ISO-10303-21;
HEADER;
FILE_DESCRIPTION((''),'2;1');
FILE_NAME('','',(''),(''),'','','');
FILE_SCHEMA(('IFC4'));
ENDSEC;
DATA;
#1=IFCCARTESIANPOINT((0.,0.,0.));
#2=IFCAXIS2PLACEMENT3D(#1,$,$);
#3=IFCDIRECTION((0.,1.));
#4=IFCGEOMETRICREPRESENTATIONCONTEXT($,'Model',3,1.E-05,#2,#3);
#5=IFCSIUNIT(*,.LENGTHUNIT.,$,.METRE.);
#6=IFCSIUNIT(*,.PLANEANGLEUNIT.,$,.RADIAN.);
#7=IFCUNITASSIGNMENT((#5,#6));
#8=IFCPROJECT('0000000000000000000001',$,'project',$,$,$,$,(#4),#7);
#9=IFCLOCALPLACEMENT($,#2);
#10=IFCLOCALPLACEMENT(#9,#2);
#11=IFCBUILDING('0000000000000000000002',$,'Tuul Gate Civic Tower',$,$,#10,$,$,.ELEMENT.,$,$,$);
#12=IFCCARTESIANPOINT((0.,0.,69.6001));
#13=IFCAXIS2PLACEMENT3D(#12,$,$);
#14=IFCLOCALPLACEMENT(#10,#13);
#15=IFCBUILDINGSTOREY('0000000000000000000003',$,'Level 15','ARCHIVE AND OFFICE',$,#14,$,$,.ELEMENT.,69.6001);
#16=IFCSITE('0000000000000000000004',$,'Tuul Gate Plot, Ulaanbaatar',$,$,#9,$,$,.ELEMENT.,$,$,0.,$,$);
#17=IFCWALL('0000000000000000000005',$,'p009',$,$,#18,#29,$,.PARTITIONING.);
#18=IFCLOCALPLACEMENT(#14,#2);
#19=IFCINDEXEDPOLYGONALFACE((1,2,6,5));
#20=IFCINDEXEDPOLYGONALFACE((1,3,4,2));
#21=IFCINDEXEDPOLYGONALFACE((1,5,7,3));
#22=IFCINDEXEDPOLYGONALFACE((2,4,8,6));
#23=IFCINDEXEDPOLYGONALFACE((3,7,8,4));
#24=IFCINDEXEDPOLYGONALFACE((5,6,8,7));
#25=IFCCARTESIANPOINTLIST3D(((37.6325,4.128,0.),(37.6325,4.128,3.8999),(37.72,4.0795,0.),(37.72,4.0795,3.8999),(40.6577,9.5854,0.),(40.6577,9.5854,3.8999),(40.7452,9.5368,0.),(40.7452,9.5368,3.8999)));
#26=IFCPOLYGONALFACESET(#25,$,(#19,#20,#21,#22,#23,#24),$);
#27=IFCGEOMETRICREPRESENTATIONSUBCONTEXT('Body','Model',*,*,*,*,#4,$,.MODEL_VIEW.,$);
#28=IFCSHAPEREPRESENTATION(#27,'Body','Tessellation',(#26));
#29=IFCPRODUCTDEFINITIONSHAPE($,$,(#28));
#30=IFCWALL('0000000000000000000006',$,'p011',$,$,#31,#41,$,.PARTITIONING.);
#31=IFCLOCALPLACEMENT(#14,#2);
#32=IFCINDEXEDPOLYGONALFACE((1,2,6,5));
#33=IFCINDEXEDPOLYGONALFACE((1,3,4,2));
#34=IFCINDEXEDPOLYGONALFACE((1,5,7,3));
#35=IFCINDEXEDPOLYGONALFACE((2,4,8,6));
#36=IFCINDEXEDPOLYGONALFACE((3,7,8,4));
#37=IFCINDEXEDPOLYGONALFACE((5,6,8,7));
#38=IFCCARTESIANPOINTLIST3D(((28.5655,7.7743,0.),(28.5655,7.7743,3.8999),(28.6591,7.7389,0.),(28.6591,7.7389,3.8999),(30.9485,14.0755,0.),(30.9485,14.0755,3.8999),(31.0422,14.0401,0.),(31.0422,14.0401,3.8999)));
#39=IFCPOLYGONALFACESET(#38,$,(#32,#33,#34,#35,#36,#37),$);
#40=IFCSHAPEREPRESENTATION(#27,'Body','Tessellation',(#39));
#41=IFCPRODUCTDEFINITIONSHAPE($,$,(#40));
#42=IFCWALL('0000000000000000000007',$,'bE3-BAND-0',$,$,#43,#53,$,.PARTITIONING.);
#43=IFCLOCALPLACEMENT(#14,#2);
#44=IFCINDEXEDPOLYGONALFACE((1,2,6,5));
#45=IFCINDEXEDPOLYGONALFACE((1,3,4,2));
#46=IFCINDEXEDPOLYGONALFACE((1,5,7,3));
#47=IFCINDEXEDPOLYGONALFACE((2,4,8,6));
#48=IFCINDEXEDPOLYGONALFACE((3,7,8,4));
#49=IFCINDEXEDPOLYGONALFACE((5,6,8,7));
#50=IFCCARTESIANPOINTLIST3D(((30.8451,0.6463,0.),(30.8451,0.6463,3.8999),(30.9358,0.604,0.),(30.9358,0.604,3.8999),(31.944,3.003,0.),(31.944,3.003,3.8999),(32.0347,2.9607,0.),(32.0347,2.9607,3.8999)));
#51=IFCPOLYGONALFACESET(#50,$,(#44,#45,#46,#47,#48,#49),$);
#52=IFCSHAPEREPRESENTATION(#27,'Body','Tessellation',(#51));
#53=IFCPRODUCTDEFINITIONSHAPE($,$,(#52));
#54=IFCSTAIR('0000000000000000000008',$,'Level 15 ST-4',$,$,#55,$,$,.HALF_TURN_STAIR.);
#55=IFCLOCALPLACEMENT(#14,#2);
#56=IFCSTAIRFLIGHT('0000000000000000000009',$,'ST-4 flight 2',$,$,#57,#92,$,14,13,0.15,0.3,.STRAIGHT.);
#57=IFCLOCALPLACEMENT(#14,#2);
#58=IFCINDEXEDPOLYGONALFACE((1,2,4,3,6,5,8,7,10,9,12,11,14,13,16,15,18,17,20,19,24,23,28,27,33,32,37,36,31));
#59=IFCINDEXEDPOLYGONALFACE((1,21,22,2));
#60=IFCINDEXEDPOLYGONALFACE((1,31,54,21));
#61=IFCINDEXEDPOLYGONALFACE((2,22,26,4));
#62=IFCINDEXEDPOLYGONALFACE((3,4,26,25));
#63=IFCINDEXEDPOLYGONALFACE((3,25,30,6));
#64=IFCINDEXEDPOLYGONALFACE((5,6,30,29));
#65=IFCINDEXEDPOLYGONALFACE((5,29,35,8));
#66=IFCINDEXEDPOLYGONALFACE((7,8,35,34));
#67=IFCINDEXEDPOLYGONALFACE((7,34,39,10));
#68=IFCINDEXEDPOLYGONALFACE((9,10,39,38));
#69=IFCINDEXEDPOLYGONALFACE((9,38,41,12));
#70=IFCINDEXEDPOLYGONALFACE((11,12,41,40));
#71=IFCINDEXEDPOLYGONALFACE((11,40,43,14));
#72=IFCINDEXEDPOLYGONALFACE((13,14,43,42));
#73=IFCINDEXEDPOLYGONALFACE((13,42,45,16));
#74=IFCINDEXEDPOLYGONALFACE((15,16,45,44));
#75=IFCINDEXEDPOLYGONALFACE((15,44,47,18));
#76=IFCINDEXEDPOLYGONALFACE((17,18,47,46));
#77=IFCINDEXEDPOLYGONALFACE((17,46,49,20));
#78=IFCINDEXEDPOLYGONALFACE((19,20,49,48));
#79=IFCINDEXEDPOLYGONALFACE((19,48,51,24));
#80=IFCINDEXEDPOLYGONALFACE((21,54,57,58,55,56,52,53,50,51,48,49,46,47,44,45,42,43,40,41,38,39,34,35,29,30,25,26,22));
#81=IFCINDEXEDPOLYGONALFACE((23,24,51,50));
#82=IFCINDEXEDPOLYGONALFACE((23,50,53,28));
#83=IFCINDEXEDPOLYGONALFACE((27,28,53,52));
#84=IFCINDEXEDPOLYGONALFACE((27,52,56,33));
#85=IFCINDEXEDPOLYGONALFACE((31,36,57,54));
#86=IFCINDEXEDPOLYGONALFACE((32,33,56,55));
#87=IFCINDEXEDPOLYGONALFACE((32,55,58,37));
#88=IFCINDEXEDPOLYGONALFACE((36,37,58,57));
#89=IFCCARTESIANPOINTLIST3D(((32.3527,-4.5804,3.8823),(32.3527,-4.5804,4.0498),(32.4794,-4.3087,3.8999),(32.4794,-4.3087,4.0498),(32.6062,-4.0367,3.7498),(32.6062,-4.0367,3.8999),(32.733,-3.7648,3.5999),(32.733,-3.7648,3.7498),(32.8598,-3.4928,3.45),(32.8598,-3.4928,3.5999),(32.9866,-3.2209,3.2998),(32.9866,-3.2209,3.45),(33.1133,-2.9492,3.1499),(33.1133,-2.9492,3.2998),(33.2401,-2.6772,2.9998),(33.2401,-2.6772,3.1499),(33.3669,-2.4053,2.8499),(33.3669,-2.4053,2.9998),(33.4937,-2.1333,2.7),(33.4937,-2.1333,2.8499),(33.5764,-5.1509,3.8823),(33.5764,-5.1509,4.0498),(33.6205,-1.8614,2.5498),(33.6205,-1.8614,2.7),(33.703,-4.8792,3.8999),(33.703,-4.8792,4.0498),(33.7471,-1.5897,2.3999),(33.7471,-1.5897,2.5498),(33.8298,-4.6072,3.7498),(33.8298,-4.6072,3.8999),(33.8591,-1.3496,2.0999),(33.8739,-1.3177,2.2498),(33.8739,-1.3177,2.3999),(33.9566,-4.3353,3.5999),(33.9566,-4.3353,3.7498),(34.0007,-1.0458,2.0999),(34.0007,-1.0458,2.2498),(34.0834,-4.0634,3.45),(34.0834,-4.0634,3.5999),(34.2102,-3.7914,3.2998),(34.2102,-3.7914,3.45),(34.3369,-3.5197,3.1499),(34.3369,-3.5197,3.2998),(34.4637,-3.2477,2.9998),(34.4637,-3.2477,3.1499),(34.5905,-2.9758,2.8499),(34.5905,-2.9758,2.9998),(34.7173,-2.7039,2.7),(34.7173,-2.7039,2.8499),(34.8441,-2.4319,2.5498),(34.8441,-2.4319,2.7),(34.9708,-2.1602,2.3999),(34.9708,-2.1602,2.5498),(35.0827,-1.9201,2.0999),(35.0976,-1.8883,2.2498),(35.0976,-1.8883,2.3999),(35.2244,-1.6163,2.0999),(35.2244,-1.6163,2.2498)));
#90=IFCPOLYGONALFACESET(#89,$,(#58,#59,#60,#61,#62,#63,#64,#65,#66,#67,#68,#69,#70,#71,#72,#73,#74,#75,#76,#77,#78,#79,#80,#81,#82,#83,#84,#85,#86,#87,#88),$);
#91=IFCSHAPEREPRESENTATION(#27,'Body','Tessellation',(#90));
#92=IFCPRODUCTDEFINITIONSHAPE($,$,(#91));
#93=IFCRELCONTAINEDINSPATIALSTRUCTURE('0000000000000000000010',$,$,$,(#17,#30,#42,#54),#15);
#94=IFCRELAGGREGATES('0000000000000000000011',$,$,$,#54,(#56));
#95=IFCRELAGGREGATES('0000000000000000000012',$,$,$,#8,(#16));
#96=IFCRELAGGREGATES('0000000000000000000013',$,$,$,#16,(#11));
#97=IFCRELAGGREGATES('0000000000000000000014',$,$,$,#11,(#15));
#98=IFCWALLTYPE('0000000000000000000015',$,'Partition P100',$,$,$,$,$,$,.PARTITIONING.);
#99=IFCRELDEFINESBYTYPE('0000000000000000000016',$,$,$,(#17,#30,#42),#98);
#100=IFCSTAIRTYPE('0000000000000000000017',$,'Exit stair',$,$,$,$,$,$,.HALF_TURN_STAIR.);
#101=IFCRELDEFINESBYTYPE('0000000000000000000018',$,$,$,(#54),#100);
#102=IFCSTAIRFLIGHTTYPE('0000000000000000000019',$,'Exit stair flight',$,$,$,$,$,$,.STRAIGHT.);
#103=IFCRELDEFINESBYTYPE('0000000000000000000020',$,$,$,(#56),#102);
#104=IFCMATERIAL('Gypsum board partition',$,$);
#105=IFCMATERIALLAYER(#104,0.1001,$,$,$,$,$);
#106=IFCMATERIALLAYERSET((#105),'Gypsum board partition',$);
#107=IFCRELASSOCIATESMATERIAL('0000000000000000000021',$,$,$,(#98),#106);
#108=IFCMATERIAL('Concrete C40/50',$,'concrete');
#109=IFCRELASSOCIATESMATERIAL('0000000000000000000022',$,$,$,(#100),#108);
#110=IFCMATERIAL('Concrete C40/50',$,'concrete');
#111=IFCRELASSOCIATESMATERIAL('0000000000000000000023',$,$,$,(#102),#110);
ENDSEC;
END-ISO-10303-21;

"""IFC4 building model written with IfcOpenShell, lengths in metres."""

from ifc_helpers import new_model, si_unit, direction, frame, frame_2d, origin, place, context, subcontext, project, spatial, polyline, rectangle, outline, extrude, material, layer, layer_set, type_object, element, aggregate, save


model = new_model("IFC4")

# Units and contexts
model_context = context("Model", 3, precision=1e-05, world=origin(), true_north=direction((0.0, 1.0)))
body_context = subcontext(model_context, "Body", "Model", "MODEL_VIEW")
ifc_project = project(units=[si_unit("LENGTHUNIT", "METRE"), si_unit("PLANEANGLEUNIT", "RADIAN")], contexts=[model_context])

# Site, building, storey
site_placement = place(None, origin())
site = spatial("IfcSite", under=ifc_project, at=site_placement, Name="Tuul Gate Plot, Ulaanbaatar", CompositionType="ELEMENT", RefElevation=0.0)
building_placement = place(site_placement, origin())
building = spatial("IfcBuilding", under=site, at=building_placement, Name="Tuul Gate Civic Tower", CompositionType="ELEMENT")
storey_placement = place(building_placement, frame((0.0, 0.0, 69.6001)))
storey = spatial("IfcBuildingStorey", under=building, at=storey_placement, Name="Level 15", Description="ARCHIVE AND OFFICE", CompositionType="ELEMENT", Elevation=69.6001)

# Walls
ifc_material_1 = material(Name="Gypsum board partition")
ifc_layer_1 = layer(ifc_material_1, 0.1001)
ifc_layer_set_1 = layer_set([ifc_layer_1], Name="Gypsum board partition")
wall_type_1 = type_object("IfcWallType", Name="Partition P100", PredefinedType="PARTITIONING", material=ifc_layer_set_1)
wall_1_placement = place(storey_placement, frame((37.6763, 4.1038, 0.0), z_axis=(0.0, 0.0, 1.0), x_axis=(0.484825, 0.874611, 0.0)))
element("IfcWall", 1, at=wall_1_placement, inside=storey, type_object=wall_type_1, Name="p009", PredefinedType="PARTITIONING", context=body_context, shape_type="SweptSolid", body=[
    extrude(rectangle(XDim=6.2397, YDim=0.1001, at=frame_2d((3.1199, 0.0))), origin(), (0.0, 0.0, 1.0), 3.8999),
])
wall_2_placement = place(storey_placement, frame((28.6123, 7.7566, 0.0), z_axis=(0.0, 0.0, 1.0), x_axis=(0.353735, 0.935346, 0.0)))
element("IfcWall", 2, at=wall_2_placement, inside=storey, type_object=wall_type_1, Name="p011", PredefinedType="PARTITIONING", context=body_context, shape_type="SweptSolid", body=[
    extrude(rectangle(XDim=6.7368, YDim=0.1001, at=frame_2d((3.3684, 0.0))), origin(), (0.0, 0.0, 1.0), 3.8999),
])
wall_3_placement = place(storey_placement, frame((30.8904, 0.625, 0.0), z_axis=(0.0, 0.0, 1.0), x_axis=(0.422598, 0.906317, 0.0)))
element("IfcWall", 3, at=wall_3_placement, inside=storey, type_object=wall_type_1, Name="bE3-BAND-0", PredefinedType="PARTITIONING", context=body_context, shape_type="SweptSolid", body=[
    extrude(rectangle(XDim=2.6003, YDim=0.1001, at=frame_2d((1.3003, 0.0))), origin(), (0.0, 0.0, 1.0), 3.8999),
])

# Stair, stair flight
ifc_material_2 = material(Name="Concrete C40/50", Category="concrete")
stair_type = type_object("IfcStairType", Name="Exit stair", PredefinedType="HALF_TURN_STAIR", material=ifc_material_2)
stair_placement = place(storey_placement, origin())
stair = element("IfcStair", 4, at=stair_placement, inside=storey, type_object=stair_type, Name="Level 15 ST-4", PredefinedType="HALF_TURN_STAIR")
ifc_material_3 = material(Name="Concrete C40/50", Category="concrete")
stair_flight_type = type_object("IfcStairFlightType", Name="Exit stair flight", PredefinedType="STRAIGHT", material=ifc_material_3)
stair_flight_placement = place(storey_placement, frame((34.6125, -1.3311, 2.0999), z_axis=(0.0, 0.0, 1.0), x_axis=(-0.422576, -0.906327, 0.0)))
stair_flight = element("IfcStairFlight", 5, at=stair_flight_placement, type_object=stair_flight_type, Name="ST-4 flight 2", NumberOfRisers=14, NumberOfTreads=13, PredefinedType="STRAIGHT", RiserHeight=0.15, TreadLength=0.3, context=body_context, shape_type="SweptSolid", body=[
    extrude(outline(polyline([(0.0, 0.0), (0.0, 0.1499), (0.3, 0.1499), (0.3, 0.3), (0.6001, 0.3), (0.6001, 0.45), (0.8999, 0.45), (0.8999, 0.6001), (1.2, 0.6001), (1.2, 0.75), (1.5, 0.75), (1.5, 0.8999), (1.8, 0.8999), (1.8, 1.05), (2.1001, 1.05), (2.1001, 1.2), (2.3999, 1.2), (2.3999, 1.3501), (2.7, 1.3501), (2.7, 1.5), (3.0, 1.5), (3.0, 1.6499), (3.3, 1.6499), (3.3, 1.8), (3.6001, 1.8), (3.6001, 1.95), (3.8999, 1.95), (3.8999, 2.1001), (3.8999, 1.7825), (0.3352, 0.0), (0.0, 0.0)])), frame((0.0, 0.675, 0.0), z_axis=(0.0, -1.0, 0.0), x_axis=(1.0, 0.0, 0.0)), (0.0, 0.0, 1.0), 1.3501),
])
aggregate(stair, [stair_flight])

save(model, "model.ifc")
